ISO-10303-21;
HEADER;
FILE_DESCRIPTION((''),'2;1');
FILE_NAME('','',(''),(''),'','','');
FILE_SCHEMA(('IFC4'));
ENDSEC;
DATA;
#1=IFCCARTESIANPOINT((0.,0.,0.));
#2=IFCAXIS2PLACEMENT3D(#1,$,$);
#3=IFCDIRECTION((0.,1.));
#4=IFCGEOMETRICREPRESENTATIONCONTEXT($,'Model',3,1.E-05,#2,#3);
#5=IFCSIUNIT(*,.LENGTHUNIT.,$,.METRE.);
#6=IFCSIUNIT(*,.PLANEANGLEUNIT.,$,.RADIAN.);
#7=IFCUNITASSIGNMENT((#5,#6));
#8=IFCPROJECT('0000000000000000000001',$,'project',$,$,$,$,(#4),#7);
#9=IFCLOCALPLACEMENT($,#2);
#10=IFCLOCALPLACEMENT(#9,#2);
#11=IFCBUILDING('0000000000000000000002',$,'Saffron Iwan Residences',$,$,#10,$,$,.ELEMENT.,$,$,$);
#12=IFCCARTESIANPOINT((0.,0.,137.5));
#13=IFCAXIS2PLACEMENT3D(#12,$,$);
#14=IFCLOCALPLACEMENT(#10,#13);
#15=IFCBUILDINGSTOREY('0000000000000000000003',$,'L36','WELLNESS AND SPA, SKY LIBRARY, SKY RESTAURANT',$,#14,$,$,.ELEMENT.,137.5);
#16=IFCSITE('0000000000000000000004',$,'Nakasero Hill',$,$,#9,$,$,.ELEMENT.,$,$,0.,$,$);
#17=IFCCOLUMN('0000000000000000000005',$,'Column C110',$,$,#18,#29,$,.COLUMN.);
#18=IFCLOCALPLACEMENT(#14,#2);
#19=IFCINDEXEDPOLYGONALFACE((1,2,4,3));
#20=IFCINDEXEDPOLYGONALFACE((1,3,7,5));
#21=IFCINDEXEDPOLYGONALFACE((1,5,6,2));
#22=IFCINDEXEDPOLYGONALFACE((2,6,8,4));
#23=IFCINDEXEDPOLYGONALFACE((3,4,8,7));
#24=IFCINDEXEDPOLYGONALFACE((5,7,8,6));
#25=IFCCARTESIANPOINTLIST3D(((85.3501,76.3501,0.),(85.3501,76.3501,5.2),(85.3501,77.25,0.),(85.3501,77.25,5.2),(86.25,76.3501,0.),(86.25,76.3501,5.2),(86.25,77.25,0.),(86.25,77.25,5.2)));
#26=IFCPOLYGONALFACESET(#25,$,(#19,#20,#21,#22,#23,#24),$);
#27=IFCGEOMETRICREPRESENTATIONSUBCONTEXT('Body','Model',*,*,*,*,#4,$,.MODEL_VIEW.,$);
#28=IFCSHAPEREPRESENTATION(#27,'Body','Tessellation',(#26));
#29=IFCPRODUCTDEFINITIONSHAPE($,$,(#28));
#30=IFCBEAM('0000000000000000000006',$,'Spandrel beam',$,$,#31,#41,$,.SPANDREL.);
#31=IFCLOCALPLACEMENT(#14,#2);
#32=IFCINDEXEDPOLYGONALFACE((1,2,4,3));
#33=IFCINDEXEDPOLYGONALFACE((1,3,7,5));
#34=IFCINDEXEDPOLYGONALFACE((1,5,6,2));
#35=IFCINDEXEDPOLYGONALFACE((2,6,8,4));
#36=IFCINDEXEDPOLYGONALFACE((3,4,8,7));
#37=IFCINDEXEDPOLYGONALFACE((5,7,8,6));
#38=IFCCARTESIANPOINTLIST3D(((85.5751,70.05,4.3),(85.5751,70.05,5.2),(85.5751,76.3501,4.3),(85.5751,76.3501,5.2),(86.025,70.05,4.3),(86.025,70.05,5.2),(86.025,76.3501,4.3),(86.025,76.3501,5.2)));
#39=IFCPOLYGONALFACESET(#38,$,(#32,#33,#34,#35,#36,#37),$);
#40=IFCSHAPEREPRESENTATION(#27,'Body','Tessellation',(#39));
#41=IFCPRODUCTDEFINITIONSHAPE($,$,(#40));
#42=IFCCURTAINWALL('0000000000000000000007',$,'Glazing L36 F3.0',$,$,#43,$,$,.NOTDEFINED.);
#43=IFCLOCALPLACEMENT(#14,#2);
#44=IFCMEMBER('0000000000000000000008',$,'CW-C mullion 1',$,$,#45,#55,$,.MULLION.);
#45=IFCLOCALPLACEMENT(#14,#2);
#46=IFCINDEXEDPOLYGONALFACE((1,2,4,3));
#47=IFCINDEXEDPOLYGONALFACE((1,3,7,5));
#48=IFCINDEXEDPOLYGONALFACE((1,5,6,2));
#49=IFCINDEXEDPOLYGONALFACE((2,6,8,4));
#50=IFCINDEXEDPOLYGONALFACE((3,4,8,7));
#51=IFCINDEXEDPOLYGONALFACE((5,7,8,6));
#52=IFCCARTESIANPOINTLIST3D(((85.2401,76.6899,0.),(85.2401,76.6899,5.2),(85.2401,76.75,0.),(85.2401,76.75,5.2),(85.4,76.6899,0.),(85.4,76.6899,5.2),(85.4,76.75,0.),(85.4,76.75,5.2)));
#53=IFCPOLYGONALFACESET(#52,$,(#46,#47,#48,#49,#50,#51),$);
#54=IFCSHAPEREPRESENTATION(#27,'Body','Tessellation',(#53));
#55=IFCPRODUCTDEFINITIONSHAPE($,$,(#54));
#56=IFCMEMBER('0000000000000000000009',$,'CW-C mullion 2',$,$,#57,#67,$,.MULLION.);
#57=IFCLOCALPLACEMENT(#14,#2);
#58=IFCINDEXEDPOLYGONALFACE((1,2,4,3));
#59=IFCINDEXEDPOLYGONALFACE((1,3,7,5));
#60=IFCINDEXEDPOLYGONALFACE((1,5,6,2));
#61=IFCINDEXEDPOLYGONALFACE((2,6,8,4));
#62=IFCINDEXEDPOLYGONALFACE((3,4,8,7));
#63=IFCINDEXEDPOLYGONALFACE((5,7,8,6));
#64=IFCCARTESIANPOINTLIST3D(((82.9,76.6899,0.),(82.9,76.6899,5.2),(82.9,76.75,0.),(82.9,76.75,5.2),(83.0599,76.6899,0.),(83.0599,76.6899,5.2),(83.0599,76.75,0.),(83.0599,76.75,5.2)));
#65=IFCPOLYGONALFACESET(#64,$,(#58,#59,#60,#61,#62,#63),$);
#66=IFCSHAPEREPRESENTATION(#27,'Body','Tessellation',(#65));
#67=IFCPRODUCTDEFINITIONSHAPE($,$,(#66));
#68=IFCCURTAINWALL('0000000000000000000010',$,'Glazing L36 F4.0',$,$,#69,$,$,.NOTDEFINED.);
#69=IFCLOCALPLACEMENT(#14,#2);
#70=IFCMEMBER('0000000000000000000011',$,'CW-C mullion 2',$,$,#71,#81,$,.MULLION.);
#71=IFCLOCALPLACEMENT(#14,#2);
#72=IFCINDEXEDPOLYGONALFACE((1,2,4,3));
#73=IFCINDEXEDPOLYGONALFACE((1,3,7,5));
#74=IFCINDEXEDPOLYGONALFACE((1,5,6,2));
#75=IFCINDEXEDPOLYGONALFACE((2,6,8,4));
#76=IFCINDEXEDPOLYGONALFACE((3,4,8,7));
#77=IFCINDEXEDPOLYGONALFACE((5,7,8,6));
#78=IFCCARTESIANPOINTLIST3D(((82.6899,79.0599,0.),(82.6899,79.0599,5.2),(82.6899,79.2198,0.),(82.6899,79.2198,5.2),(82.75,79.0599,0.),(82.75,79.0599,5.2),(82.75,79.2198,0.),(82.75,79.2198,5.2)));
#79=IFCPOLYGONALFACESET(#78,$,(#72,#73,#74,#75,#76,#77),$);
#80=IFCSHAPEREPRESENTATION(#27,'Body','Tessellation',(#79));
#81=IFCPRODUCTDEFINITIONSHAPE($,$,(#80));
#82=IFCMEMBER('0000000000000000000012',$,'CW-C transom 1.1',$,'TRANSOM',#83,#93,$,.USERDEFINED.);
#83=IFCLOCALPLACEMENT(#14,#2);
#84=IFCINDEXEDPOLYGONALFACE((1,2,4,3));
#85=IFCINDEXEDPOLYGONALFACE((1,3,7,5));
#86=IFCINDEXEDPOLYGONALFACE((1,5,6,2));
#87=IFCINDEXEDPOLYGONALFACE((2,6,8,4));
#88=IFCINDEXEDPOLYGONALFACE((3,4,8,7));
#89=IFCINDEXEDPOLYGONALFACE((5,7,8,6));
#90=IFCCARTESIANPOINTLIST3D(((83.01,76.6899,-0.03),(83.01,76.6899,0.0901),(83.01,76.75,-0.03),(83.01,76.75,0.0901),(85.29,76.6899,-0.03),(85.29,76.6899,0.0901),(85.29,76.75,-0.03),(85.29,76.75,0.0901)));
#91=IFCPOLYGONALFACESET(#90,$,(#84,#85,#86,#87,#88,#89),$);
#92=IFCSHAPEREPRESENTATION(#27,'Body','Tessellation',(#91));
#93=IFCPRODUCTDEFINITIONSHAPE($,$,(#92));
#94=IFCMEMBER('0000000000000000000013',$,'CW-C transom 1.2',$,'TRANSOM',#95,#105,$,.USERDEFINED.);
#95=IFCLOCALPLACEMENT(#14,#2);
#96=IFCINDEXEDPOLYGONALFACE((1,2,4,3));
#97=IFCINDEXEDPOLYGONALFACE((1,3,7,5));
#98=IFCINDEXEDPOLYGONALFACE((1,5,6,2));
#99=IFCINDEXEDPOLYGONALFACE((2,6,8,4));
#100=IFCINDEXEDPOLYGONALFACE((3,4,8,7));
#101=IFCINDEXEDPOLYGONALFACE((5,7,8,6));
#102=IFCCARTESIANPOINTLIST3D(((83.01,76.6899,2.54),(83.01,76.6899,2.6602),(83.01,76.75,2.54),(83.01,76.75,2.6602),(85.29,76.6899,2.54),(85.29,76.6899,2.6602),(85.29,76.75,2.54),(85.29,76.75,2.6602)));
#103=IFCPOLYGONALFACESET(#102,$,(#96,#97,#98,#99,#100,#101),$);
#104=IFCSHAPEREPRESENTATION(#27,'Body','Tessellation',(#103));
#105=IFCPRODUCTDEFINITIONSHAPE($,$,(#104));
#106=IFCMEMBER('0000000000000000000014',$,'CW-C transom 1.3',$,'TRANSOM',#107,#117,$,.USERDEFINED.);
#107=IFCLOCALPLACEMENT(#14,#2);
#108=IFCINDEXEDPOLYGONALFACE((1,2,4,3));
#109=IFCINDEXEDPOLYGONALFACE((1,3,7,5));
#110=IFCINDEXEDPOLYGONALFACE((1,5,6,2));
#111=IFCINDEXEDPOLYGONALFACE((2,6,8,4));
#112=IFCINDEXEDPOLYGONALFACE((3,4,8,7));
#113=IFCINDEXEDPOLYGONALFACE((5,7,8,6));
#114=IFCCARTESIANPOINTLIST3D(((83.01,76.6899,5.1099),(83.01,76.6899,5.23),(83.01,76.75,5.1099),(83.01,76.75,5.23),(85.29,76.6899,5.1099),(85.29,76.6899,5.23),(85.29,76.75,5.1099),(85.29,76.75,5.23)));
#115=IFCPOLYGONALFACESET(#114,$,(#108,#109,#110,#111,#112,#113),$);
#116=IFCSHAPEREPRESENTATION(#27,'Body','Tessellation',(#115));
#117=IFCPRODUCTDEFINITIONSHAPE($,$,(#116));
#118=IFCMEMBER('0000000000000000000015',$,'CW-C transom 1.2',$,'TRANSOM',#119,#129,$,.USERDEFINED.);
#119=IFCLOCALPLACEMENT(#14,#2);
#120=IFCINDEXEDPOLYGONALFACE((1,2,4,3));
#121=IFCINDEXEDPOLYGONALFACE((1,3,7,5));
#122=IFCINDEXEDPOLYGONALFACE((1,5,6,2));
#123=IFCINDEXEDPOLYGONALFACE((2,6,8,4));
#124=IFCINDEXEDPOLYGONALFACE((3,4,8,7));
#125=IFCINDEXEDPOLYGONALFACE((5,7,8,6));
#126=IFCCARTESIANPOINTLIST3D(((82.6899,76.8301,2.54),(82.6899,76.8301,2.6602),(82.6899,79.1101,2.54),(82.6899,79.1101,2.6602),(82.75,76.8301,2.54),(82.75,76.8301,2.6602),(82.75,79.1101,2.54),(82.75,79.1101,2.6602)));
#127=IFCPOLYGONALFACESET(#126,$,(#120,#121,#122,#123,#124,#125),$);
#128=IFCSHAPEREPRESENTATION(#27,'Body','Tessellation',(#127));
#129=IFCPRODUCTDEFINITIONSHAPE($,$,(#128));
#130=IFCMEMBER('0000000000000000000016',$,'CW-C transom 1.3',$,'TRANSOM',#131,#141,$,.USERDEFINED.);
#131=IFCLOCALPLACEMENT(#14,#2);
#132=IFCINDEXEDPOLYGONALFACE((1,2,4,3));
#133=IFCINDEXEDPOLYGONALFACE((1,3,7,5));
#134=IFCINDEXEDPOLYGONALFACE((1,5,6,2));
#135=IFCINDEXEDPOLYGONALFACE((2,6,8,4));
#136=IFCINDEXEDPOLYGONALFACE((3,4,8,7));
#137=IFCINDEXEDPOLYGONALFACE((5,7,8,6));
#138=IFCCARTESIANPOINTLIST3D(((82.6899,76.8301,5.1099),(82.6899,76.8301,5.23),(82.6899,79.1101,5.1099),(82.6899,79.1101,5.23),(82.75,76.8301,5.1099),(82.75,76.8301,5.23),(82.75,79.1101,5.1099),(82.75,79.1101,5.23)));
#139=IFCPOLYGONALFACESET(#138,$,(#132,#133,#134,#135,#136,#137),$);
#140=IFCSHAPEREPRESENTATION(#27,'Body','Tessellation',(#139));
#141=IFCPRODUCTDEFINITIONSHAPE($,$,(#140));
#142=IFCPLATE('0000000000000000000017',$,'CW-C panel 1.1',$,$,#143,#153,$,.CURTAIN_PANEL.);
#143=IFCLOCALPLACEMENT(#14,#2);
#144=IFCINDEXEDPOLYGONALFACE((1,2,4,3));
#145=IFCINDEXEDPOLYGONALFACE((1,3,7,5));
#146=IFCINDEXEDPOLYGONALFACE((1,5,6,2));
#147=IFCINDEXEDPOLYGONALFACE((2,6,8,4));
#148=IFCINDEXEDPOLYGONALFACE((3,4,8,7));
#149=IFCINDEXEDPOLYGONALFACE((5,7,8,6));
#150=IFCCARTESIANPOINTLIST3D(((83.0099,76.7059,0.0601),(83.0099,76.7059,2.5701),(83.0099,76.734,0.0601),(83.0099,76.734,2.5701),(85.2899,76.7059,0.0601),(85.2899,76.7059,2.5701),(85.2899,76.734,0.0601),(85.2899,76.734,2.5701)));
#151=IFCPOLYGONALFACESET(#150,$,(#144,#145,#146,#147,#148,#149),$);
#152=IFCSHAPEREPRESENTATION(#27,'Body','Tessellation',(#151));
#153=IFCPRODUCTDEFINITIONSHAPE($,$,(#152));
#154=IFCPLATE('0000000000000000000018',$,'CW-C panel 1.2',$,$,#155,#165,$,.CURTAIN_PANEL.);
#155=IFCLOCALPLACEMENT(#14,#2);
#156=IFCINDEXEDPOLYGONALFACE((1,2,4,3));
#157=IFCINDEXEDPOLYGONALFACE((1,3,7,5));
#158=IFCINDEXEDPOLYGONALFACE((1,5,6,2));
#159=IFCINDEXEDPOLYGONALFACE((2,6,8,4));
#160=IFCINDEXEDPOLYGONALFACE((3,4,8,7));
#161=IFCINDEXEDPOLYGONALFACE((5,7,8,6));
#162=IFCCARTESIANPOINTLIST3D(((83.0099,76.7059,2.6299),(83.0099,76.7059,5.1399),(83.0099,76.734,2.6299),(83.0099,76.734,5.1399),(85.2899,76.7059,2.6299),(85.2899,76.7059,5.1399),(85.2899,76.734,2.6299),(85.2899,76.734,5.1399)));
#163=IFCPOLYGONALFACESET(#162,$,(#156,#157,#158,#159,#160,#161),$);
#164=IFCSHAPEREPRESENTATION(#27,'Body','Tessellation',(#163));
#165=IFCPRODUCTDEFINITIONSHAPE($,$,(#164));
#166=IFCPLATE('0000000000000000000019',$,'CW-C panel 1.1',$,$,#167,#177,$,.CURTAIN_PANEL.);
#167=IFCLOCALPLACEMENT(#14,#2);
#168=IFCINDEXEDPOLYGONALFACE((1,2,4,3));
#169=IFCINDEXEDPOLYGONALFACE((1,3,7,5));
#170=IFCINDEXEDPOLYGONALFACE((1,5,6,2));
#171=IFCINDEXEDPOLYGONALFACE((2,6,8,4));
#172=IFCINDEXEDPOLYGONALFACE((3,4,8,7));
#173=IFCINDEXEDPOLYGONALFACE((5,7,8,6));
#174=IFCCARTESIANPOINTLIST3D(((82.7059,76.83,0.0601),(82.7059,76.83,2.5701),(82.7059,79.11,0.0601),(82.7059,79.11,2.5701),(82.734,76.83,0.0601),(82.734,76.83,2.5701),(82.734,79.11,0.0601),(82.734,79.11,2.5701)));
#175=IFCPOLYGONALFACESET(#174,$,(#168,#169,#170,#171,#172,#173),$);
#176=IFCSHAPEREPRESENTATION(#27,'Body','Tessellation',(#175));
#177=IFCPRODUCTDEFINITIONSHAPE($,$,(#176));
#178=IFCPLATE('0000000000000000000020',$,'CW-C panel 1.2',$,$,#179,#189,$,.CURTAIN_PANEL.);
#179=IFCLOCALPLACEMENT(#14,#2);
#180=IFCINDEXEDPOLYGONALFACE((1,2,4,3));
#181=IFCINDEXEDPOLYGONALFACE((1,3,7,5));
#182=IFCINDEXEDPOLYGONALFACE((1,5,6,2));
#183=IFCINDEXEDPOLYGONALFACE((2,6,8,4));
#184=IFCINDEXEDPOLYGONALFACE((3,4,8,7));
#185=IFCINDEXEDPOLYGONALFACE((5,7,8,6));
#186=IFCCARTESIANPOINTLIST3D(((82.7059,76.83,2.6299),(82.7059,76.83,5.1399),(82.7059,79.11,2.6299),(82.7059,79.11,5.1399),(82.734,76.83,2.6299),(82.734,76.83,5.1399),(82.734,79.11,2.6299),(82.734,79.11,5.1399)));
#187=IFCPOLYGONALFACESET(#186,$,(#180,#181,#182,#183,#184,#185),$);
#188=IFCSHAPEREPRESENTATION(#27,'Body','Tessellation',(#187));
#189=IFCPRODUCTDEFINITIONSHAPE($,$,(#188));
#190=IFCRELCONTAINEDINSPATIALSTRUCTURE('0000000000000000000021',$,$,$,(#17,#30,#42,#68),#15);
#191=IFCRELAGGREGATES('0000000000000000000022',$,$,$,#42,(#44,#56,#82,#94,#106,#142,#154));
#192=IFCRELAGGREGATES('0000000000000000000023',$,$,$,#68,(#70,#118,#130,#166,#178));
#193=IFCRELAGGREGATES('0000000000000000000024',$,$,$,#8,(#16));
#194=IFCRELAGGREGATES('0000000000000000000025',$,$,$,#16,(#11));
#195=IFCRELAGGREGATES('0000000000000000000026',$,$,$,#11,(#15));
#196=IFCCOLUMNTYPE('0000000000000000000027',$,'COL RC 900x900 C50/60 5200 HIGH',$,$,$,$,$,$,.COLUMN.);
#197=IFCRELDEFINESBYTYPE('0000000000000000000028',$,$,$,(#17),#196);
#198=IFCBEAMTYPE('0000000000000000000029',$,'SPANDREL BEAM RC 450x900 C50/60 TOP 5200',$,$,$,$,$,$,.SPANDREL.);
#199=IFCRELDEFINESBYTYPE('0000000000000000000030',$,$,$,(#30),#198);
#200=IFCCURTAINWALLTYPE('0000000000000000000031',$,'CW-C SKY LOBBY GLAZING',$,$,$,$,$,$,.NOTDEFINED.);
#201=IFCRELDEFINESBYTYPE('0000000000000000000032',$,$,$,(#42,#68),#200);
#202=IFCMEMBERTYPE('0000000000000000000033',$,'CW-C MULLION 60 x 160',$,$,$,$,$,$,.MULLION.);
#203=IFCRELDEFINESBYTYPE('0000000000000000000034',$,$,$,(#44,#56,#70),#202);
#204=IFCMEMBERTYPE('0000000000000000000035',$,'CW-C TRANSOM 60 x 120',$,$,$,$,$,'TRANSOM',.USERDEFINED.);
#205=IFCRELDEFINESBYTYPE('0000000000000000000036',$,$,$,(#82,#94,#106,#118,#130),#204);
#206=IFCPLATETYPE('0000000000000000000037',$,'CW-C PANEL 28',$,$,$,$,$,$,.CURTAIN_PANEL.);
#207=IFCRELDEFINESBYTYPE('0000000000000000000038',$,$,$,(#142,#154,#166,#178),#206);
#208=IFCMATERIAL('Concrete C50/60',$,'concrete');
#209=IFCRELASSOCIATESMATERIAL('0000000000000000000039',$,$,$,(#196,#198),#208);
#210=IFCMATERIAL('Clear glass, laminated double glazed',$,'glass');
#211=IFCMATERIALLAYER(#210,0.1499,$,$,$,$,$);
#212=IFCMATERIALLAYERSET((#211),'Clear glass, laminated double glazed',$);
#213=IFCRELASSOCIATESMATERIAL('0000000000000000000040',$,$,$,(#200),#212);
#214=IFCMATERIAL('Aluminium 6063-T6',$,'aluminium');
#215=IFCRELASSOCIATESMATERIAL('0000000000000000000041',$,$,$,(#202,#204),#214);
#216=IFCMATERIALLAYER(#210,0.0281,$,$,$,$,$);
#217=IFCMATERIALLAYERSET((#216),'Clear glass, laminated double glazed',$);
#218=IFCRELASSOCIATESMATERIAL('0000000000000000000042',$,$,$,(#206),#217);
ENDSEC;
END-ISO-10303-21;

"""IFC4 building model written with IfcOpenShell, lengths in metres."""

from ifc_helpers import new_model, si_unit, direction, frame, origin, origin_2d, place, context, subcontext, project, spatial, rectangle, extrude, source, transform, mapped, material, layer, layer_set, material_profile, profile_set, type_object, element, aggregate, save


model = new_model("IFC4")

# Units and contexts
model_context = context("Model", 3, precision=1e-05, world=origin(), true_north=direction((0.0, 1.0)))
body_context = subcontext(model_context, "Body", "Model", "MODEL_VIEW")
ifc_project = project(units=[si_unit("LENGTHUNIT", "METRE"), si_unit("PLANEANGLEUNIT", "RADIAN")], contexts=[model_context])

# Site, building, storey
site_placement = place(None, origin())
site = spatial("IfcSite", under=ifc_project, at=site_placement, Name="Nakasero Hill", CompositionType="ELEMENT", RefElevation=0.0)
building_placement = place(site_placement, origin())
building = spatial("IfcBuilding", under=site, at=building_placement, Name="Saffron Iwan Residences", CompositionType="ELEMENT")
storey_placement = place(building_placement, frame((0.0, 0.0, 137.5)))
storey = spatial("IfcBuildingStorey", under=building, at=storey_placement, Name="L36", Description="WELLNESS AND SPA, SKY LIBRARY, SKY RESTAURANT", CompositionType="ELEMENT", Elevation=137.5)

# Column
ifc_material_1 = material(Name="Concrete C50/60", Category="concrete")
ifc_material_profile_1 = material_profile(ifc_material_1, rectangle(XDim=0.8999, YDim=0.8999, at=origin_2d()), Name="RC 900x900")
ifc_profile_set_1 = profile_set([ifc_material_profile_1], Name="Concrete C50/60")
column_type = type_object("IfcColumnType", Name="COL RC 900x900 C50/60 5200 HIGH", PredefinedType="COLUMN", material=ifc_profile_set_1)
shared_shape_1 = source(origin(), body_context, "Body", "SweptSolid", [
    extrude(rectangle(XDim=0.8999, YDim=0.8999, at=origin_2d()), origin(), (0.0, 0.0, 1.0), 5.2),
])
column_placement = place(storey_placement, frame((85.8, 76.8, 0.0), z_axis=(0.0, 0.0, 1.0), x_axis=(1.0, 0.0, 0.0)))
element("IfcColumn", 1, at=column_placement, inside=storey, type_object=column_type, Name="Column C110", PredefinedType="COLUMN", context=body_context, shape_type="MappedRepresentation", body=[
    mapped(shared_shape_1, transform((0.0, 0.0, 0.0))),
])

# Beam
ifc_material_profile_2 = material_profile(ifc_material_1, rectangle(XDim=0.45, YDim=0.8999, at=origin_2d()), Name="RC 450x900")
ifc_profile_set_2 = profile_set([ifc_material_profile_2], Name="Concrete C50/60")
beam_type = type_object("IfcBeamType", Name="SPANDREL BEAM RC 450x900 C50/60 TOP 5200", PredefinedType="SPANDREL", material=ifc_profile_set_2)
shared_shape_2 = source(origin(), body_context, "Body", "SweptSolid", [
    extrude(rectangle(XDim=0.45, YDim=0.8999, at=origin_2d()), origin(), (0.0, 0.0, 1.0), 6.3),
])
beam_placement = place(storey_placement, frame((85.8, 76.3501, 4.75), z_axis=(0.0, -1.0, 0.0), x_axis=(1.0, 0.0, 0.0)))
element("IfcBeam", 2, at=beam_placement, inside=storey, type_object=beam_type, Name="Spandrel beam", PredefinedType="SPANDREL", context=body_context, shape_type="MappedRepresentation", body=[
    mapped(shared_shape_2, transform((0.0, 0.0, 0.0))),
])

# Curtain wall, members
ifc_material_2 = material(Name="Clear glass, laminated double glazed", Category="glass")
ifc_layer_1 = layer(ifc_material_2, 0.1499)
ifc_layer_set_1 = layer_set([ifc_layer_1], Name="Clear glass, laminated double glazed")
curtain_wall_type = type_object("IfcCurtainWallType", Name="CW-C SKY LOBBY GLAZING", PredefinedType="NOTDEFINED", material=ifc_layer_set_1)
curtain_wall_1_placement = place(storey_placement, origin())
curtain_wall_1 = element("IfcCurtainWall", 3, at=curtain_wall_1_placement, inside=storey, type_object=curtain_wall_type, Name="Glazing L36 F3.0", PredefinedType="NOTDEFINED")
ifc_material_3 = material(Name="Aluminium 6063-T6", Category="aluminium")
ifc_material_profile_3 = material_profile(ifc_material_3, rectangle(XDim=0.0601, YDim=0.1599, at=origin_2d()), Name="CW-C MULLION 60 x 160")
ifc_profile_set_3 = profile_set([ifc_material_profile_3], Name="Aluminium 6063-T6")
member_type_1 = type_object("IfcMemberType", Name="CW-C MULLION 60 x 160", PredefinedType="MULLION", material=ifc_profile_set_3)
shared_shape_3 = source(origin(), body_context, "Body", "SweptSolid", [
    extrude(rectangle(XDim=0.0601, YDim=0.1599, at=origin_2d()), origin(), (0.0, 0.0, 1.0), 5.2),
])
member_1_placement = place(storey_placement, frame((85.3201, 76.72, 0.0), z_axis=(0.0, 0.0, 1.0), x_axis=(0.0, -1.0, 0.0)))
member_1 = element("IfcMember", 4, at=member_1_placement, type_object=member_type_1, Name="CW-C mullion 1", PredefinedType="MULLION", context=body_context, shape_type="MappedRepresentation", body=[
    mapped(shared_shape_3, transform((0.0, 0.0, 0.0))),
])
member_2_placement = place(storey_placement, frame((82.98, 76.72, 0.0), z_axis=(0.0, 0.0, 1.0), x_axis=(0.0, -1.0, 0.0)))
member_2 = element("IfcMember", 5, at=member_2_placement, type_object=member_type_1, Name="CW-C mullion 2", PredefinedType="MULLION", context=body_context, shape_type="MappedRepresentation", body=[
    mapped(shared_shape_3, transform((0.0, 0.0, 0.0))),
])

# Curtain wall, member
curtain_wall_2_placement = place(storey_placement, origin())
curtain_wall_2 = element("IfcCurtainWall", 6, at=curtain_wall_2_placement, inside=storey, type_object=curtain_wall_type, Name="Glazing L36 F4.0", PredefinedType="NOTDEFINED")
member_3_placement = place(storey_placement, frame((82.72, 79.1399, 0.0), z_axis=(0.0, 0.0, 1.0), x_axis=(-1.0, 0.0, 0.0)))
member_3 = element("IfcMember", 7, at=member_3_placement, type_object=member_type_1, Name="CW-C mullion 2", PredefinedType="MULLION", context=body_context, shape_type="MappedRepresentation", body=[
    mapped(shared_shape_3, transform((0.0, 0.0, 0.0))),
])

# Members
ifc_material_profile_4 = material_profile(ifc_material_3, rectangle(XDim=0.0601, YDim=0.1201, at=origin_2d()), Name="CW-C TRANSOM 60 x 120")
ifc_profile_set_4 = profile_set([ifc_material_profile_4], Name="Aluminium 6063-T6")
member_type_2 = type_object("IfcMemberType", Name="CW-C TRANSOM 60 x 120", ElementType="TRANSOM", PredefinedType="USERDEFINED", material=ifc_profile_set_4)
shared_shape_4 = source(origin(), body_context, "Body", "SweptSolid", [
    extrude(rectangle(XDim=0.0601, YDim=0.1201, at=origin_2d()), origin(), (0.0, 0.0, 1.0), 2.28),
])
member_4_placement = place(storey_placement, frame((85.29, 76.72, 0.03), z_axis=(-1.0, 0.0, 0.0), x_axis=(0.0, -1.0, 0.0)))
member_4 = element("IfcMember", 8, at=member_4_placement, type_object=member_type_2, Name="CW-C transom 1.1", ObjectType="TRANSOM", PredefinedType="USERDEFINED", context=body_context, shape_type="MappedRepresentation", body=[
    mapped(shared_shape_4, transform((0.0, 0.0, 0.0))),
])
member_5_placement = place(storey_placement, frame((85.29, 76.72, 2.6001), z_axis=(-1.0, 0.0, 0.0), x_axis=(0.0, -1.0, 0.0)))
member_5 = element("IfcMember", 9, at=member_5_placement, type_object=member_type_2, Name="CW-C transom 1.2", ObjectType="TRANSOM", PredefinedType="USERDEFINED", context=body_context, shape_type="MappedRepresentation", body=[
    mapped(shared_shape_4, transform((0.0, 0.0, 0.0))),
])
member_6_placement = place(storey_placement, frame((85.29, 76.72, 5.1699), z_axis=(-1.0, 0.0, 0.0), x_axis=(0.0, -1.0, 0.0)))
member_6 = element("IfcMember", 10, at=member_6_placement, type_object=member_type_2, Name="CW-C transom 1.3", ObjectType="TRANSOM", PredefinedType="USERDEFINED", context=body_context, shape_type="MappedRepresentation", body=[
    mapped(shared_shape_4, transform((0.0, 0.0, 0.0))),
])
member_7_placement = place(storey_placement, frame((82.72, 76.8301, 2.6001), z_axis=(0.0, 1.0, 0.0), x_axis=(-1.0, 0.0, 0.0)))
member_7 = element("IfcMember", 11, at=member_7_placement, type_object=member_type_2, Name="CW-C transom 1.2", ObjectType="TRANSOM", PredefinedType="USERDEFINED", context=body_context, shape_type="MappedRepresentation", body=[
    mapped(shared_shape_4, transform((0.0, 0.0, 0.0))),
])
member_8_placement = place(storey_placement, frame((82.72, 76.8301, 5.1699), z_axis=(0.0, 1.0, 0.0), x_axis=(-1.0, 0.0, 0.0)))
member_8 = element("IfcMember", 12, at=member_8_placement, type_object=member_type_2, Name="CW-C transom 1.3", ObjectType="TRANSOM", PredefinedType="USERDEFINED", context=body_context, shape_type="MappedRepresentation", body=[
    mapped(shared_shape_4, transform((0.0, 0.0, 0.0))),
])

# Plates
ifc_layer_2 = layer(ifc_material_2, 0.0281)
ifc_layer_set_2 = layer_set([ifc_layer_2], Name="Clear glass, laminated double glazed")
plate_type = type_object("IfcPlateType", Name="CW-C PANEL 28", PredefinedType="CURTAIN_PANEL", material=ifc_layer_set_2)
shared_shape_5 = source(origin(), body_context, "Body", "SweptSolid", [
    extrude(rectangle(XDim=2.28, YDim=0.0281, at=origin_2d()), origin(), (0.0, 0.0, 1.0), 2.51),
])
plate_1_placement = place(storey_placement, frame((84.1499, 76.72, 0.0601), z_axis=(0.0, 0.0, 1.0), x_axis=(-1.0, 0.0, 0.0)))
plate_1 = element("IfcPlate", 13, at=plate_1_placement, type_object=plate_type, Name="CW-C panel 1.1", PredefinedType="CURTAIN_PANEL", context=body_context, shape_type="MappedRepresentation", body=[
    mapped(shared_shape_5, transform((0.0, 0.0, 0.0))),
])
plate_2_placement = place(storey_placement, frame((84.1499, 76.72, 2.6299), z_axis=(0.0, 0.0, 1.0), x_axis=(-1.0, 0.0, 0.0)))
plate_2 = element("IfcPlate", 14, at=plate_2_placement, type_object=plate_type, Name="CW-C panel 1.2", PredefinedType="CURTAIN_PANEL", context=body_context, shape_type="MappedRepresentation", body=[
    mapped(shared_shape_5, transform((0.0, 0.0, 0.0))),
])
aggregate(curtain_wall_1, [member_1, member_2, member_4, member_5, member_6, plate_1, plate_2])
plate_3_placement = place(storey_placement, frame((82.72, 77.97, 0.0601), z_axis=(0.0, 0.0, 1.0), x_axis=(0.0, 1.0, 0.0)))
plate_3 = element("IfcPlate", 15, at=plate_3_placement, type_object=plate_type, Name="CW-C panel 1.1", PredefinedType="CURTAIN_PANEL", context=body_context, shape_type="MappedRepresentation", body=[
    mapped(shared_shape_5, transform((0.0, 0.0, 0.0))),
])
plate_4_placement = place(storey_placement, frame((82.72, 77.97, 2.6299), z_axis=(0.0, 0.0, 1.0), x_axis=(0.0, 1.0, 0.0)))
plate_4 = element("IfcPlate", 16, at=plate_4_placement, type_object=plate_type, Name="CW-C panel 1.2", PredefinedType="CURTAIN_PANEL", context=body_context, shape_type="MappedRepresentation", body=[
    mapped(shared_shape_5, transform((0.0, 0.0, 0.0))),
])
aggregate(curtain_wall_2, [member_3, member_7, member_8, plate_3, plate_4])

save(model, "model.ifc")
